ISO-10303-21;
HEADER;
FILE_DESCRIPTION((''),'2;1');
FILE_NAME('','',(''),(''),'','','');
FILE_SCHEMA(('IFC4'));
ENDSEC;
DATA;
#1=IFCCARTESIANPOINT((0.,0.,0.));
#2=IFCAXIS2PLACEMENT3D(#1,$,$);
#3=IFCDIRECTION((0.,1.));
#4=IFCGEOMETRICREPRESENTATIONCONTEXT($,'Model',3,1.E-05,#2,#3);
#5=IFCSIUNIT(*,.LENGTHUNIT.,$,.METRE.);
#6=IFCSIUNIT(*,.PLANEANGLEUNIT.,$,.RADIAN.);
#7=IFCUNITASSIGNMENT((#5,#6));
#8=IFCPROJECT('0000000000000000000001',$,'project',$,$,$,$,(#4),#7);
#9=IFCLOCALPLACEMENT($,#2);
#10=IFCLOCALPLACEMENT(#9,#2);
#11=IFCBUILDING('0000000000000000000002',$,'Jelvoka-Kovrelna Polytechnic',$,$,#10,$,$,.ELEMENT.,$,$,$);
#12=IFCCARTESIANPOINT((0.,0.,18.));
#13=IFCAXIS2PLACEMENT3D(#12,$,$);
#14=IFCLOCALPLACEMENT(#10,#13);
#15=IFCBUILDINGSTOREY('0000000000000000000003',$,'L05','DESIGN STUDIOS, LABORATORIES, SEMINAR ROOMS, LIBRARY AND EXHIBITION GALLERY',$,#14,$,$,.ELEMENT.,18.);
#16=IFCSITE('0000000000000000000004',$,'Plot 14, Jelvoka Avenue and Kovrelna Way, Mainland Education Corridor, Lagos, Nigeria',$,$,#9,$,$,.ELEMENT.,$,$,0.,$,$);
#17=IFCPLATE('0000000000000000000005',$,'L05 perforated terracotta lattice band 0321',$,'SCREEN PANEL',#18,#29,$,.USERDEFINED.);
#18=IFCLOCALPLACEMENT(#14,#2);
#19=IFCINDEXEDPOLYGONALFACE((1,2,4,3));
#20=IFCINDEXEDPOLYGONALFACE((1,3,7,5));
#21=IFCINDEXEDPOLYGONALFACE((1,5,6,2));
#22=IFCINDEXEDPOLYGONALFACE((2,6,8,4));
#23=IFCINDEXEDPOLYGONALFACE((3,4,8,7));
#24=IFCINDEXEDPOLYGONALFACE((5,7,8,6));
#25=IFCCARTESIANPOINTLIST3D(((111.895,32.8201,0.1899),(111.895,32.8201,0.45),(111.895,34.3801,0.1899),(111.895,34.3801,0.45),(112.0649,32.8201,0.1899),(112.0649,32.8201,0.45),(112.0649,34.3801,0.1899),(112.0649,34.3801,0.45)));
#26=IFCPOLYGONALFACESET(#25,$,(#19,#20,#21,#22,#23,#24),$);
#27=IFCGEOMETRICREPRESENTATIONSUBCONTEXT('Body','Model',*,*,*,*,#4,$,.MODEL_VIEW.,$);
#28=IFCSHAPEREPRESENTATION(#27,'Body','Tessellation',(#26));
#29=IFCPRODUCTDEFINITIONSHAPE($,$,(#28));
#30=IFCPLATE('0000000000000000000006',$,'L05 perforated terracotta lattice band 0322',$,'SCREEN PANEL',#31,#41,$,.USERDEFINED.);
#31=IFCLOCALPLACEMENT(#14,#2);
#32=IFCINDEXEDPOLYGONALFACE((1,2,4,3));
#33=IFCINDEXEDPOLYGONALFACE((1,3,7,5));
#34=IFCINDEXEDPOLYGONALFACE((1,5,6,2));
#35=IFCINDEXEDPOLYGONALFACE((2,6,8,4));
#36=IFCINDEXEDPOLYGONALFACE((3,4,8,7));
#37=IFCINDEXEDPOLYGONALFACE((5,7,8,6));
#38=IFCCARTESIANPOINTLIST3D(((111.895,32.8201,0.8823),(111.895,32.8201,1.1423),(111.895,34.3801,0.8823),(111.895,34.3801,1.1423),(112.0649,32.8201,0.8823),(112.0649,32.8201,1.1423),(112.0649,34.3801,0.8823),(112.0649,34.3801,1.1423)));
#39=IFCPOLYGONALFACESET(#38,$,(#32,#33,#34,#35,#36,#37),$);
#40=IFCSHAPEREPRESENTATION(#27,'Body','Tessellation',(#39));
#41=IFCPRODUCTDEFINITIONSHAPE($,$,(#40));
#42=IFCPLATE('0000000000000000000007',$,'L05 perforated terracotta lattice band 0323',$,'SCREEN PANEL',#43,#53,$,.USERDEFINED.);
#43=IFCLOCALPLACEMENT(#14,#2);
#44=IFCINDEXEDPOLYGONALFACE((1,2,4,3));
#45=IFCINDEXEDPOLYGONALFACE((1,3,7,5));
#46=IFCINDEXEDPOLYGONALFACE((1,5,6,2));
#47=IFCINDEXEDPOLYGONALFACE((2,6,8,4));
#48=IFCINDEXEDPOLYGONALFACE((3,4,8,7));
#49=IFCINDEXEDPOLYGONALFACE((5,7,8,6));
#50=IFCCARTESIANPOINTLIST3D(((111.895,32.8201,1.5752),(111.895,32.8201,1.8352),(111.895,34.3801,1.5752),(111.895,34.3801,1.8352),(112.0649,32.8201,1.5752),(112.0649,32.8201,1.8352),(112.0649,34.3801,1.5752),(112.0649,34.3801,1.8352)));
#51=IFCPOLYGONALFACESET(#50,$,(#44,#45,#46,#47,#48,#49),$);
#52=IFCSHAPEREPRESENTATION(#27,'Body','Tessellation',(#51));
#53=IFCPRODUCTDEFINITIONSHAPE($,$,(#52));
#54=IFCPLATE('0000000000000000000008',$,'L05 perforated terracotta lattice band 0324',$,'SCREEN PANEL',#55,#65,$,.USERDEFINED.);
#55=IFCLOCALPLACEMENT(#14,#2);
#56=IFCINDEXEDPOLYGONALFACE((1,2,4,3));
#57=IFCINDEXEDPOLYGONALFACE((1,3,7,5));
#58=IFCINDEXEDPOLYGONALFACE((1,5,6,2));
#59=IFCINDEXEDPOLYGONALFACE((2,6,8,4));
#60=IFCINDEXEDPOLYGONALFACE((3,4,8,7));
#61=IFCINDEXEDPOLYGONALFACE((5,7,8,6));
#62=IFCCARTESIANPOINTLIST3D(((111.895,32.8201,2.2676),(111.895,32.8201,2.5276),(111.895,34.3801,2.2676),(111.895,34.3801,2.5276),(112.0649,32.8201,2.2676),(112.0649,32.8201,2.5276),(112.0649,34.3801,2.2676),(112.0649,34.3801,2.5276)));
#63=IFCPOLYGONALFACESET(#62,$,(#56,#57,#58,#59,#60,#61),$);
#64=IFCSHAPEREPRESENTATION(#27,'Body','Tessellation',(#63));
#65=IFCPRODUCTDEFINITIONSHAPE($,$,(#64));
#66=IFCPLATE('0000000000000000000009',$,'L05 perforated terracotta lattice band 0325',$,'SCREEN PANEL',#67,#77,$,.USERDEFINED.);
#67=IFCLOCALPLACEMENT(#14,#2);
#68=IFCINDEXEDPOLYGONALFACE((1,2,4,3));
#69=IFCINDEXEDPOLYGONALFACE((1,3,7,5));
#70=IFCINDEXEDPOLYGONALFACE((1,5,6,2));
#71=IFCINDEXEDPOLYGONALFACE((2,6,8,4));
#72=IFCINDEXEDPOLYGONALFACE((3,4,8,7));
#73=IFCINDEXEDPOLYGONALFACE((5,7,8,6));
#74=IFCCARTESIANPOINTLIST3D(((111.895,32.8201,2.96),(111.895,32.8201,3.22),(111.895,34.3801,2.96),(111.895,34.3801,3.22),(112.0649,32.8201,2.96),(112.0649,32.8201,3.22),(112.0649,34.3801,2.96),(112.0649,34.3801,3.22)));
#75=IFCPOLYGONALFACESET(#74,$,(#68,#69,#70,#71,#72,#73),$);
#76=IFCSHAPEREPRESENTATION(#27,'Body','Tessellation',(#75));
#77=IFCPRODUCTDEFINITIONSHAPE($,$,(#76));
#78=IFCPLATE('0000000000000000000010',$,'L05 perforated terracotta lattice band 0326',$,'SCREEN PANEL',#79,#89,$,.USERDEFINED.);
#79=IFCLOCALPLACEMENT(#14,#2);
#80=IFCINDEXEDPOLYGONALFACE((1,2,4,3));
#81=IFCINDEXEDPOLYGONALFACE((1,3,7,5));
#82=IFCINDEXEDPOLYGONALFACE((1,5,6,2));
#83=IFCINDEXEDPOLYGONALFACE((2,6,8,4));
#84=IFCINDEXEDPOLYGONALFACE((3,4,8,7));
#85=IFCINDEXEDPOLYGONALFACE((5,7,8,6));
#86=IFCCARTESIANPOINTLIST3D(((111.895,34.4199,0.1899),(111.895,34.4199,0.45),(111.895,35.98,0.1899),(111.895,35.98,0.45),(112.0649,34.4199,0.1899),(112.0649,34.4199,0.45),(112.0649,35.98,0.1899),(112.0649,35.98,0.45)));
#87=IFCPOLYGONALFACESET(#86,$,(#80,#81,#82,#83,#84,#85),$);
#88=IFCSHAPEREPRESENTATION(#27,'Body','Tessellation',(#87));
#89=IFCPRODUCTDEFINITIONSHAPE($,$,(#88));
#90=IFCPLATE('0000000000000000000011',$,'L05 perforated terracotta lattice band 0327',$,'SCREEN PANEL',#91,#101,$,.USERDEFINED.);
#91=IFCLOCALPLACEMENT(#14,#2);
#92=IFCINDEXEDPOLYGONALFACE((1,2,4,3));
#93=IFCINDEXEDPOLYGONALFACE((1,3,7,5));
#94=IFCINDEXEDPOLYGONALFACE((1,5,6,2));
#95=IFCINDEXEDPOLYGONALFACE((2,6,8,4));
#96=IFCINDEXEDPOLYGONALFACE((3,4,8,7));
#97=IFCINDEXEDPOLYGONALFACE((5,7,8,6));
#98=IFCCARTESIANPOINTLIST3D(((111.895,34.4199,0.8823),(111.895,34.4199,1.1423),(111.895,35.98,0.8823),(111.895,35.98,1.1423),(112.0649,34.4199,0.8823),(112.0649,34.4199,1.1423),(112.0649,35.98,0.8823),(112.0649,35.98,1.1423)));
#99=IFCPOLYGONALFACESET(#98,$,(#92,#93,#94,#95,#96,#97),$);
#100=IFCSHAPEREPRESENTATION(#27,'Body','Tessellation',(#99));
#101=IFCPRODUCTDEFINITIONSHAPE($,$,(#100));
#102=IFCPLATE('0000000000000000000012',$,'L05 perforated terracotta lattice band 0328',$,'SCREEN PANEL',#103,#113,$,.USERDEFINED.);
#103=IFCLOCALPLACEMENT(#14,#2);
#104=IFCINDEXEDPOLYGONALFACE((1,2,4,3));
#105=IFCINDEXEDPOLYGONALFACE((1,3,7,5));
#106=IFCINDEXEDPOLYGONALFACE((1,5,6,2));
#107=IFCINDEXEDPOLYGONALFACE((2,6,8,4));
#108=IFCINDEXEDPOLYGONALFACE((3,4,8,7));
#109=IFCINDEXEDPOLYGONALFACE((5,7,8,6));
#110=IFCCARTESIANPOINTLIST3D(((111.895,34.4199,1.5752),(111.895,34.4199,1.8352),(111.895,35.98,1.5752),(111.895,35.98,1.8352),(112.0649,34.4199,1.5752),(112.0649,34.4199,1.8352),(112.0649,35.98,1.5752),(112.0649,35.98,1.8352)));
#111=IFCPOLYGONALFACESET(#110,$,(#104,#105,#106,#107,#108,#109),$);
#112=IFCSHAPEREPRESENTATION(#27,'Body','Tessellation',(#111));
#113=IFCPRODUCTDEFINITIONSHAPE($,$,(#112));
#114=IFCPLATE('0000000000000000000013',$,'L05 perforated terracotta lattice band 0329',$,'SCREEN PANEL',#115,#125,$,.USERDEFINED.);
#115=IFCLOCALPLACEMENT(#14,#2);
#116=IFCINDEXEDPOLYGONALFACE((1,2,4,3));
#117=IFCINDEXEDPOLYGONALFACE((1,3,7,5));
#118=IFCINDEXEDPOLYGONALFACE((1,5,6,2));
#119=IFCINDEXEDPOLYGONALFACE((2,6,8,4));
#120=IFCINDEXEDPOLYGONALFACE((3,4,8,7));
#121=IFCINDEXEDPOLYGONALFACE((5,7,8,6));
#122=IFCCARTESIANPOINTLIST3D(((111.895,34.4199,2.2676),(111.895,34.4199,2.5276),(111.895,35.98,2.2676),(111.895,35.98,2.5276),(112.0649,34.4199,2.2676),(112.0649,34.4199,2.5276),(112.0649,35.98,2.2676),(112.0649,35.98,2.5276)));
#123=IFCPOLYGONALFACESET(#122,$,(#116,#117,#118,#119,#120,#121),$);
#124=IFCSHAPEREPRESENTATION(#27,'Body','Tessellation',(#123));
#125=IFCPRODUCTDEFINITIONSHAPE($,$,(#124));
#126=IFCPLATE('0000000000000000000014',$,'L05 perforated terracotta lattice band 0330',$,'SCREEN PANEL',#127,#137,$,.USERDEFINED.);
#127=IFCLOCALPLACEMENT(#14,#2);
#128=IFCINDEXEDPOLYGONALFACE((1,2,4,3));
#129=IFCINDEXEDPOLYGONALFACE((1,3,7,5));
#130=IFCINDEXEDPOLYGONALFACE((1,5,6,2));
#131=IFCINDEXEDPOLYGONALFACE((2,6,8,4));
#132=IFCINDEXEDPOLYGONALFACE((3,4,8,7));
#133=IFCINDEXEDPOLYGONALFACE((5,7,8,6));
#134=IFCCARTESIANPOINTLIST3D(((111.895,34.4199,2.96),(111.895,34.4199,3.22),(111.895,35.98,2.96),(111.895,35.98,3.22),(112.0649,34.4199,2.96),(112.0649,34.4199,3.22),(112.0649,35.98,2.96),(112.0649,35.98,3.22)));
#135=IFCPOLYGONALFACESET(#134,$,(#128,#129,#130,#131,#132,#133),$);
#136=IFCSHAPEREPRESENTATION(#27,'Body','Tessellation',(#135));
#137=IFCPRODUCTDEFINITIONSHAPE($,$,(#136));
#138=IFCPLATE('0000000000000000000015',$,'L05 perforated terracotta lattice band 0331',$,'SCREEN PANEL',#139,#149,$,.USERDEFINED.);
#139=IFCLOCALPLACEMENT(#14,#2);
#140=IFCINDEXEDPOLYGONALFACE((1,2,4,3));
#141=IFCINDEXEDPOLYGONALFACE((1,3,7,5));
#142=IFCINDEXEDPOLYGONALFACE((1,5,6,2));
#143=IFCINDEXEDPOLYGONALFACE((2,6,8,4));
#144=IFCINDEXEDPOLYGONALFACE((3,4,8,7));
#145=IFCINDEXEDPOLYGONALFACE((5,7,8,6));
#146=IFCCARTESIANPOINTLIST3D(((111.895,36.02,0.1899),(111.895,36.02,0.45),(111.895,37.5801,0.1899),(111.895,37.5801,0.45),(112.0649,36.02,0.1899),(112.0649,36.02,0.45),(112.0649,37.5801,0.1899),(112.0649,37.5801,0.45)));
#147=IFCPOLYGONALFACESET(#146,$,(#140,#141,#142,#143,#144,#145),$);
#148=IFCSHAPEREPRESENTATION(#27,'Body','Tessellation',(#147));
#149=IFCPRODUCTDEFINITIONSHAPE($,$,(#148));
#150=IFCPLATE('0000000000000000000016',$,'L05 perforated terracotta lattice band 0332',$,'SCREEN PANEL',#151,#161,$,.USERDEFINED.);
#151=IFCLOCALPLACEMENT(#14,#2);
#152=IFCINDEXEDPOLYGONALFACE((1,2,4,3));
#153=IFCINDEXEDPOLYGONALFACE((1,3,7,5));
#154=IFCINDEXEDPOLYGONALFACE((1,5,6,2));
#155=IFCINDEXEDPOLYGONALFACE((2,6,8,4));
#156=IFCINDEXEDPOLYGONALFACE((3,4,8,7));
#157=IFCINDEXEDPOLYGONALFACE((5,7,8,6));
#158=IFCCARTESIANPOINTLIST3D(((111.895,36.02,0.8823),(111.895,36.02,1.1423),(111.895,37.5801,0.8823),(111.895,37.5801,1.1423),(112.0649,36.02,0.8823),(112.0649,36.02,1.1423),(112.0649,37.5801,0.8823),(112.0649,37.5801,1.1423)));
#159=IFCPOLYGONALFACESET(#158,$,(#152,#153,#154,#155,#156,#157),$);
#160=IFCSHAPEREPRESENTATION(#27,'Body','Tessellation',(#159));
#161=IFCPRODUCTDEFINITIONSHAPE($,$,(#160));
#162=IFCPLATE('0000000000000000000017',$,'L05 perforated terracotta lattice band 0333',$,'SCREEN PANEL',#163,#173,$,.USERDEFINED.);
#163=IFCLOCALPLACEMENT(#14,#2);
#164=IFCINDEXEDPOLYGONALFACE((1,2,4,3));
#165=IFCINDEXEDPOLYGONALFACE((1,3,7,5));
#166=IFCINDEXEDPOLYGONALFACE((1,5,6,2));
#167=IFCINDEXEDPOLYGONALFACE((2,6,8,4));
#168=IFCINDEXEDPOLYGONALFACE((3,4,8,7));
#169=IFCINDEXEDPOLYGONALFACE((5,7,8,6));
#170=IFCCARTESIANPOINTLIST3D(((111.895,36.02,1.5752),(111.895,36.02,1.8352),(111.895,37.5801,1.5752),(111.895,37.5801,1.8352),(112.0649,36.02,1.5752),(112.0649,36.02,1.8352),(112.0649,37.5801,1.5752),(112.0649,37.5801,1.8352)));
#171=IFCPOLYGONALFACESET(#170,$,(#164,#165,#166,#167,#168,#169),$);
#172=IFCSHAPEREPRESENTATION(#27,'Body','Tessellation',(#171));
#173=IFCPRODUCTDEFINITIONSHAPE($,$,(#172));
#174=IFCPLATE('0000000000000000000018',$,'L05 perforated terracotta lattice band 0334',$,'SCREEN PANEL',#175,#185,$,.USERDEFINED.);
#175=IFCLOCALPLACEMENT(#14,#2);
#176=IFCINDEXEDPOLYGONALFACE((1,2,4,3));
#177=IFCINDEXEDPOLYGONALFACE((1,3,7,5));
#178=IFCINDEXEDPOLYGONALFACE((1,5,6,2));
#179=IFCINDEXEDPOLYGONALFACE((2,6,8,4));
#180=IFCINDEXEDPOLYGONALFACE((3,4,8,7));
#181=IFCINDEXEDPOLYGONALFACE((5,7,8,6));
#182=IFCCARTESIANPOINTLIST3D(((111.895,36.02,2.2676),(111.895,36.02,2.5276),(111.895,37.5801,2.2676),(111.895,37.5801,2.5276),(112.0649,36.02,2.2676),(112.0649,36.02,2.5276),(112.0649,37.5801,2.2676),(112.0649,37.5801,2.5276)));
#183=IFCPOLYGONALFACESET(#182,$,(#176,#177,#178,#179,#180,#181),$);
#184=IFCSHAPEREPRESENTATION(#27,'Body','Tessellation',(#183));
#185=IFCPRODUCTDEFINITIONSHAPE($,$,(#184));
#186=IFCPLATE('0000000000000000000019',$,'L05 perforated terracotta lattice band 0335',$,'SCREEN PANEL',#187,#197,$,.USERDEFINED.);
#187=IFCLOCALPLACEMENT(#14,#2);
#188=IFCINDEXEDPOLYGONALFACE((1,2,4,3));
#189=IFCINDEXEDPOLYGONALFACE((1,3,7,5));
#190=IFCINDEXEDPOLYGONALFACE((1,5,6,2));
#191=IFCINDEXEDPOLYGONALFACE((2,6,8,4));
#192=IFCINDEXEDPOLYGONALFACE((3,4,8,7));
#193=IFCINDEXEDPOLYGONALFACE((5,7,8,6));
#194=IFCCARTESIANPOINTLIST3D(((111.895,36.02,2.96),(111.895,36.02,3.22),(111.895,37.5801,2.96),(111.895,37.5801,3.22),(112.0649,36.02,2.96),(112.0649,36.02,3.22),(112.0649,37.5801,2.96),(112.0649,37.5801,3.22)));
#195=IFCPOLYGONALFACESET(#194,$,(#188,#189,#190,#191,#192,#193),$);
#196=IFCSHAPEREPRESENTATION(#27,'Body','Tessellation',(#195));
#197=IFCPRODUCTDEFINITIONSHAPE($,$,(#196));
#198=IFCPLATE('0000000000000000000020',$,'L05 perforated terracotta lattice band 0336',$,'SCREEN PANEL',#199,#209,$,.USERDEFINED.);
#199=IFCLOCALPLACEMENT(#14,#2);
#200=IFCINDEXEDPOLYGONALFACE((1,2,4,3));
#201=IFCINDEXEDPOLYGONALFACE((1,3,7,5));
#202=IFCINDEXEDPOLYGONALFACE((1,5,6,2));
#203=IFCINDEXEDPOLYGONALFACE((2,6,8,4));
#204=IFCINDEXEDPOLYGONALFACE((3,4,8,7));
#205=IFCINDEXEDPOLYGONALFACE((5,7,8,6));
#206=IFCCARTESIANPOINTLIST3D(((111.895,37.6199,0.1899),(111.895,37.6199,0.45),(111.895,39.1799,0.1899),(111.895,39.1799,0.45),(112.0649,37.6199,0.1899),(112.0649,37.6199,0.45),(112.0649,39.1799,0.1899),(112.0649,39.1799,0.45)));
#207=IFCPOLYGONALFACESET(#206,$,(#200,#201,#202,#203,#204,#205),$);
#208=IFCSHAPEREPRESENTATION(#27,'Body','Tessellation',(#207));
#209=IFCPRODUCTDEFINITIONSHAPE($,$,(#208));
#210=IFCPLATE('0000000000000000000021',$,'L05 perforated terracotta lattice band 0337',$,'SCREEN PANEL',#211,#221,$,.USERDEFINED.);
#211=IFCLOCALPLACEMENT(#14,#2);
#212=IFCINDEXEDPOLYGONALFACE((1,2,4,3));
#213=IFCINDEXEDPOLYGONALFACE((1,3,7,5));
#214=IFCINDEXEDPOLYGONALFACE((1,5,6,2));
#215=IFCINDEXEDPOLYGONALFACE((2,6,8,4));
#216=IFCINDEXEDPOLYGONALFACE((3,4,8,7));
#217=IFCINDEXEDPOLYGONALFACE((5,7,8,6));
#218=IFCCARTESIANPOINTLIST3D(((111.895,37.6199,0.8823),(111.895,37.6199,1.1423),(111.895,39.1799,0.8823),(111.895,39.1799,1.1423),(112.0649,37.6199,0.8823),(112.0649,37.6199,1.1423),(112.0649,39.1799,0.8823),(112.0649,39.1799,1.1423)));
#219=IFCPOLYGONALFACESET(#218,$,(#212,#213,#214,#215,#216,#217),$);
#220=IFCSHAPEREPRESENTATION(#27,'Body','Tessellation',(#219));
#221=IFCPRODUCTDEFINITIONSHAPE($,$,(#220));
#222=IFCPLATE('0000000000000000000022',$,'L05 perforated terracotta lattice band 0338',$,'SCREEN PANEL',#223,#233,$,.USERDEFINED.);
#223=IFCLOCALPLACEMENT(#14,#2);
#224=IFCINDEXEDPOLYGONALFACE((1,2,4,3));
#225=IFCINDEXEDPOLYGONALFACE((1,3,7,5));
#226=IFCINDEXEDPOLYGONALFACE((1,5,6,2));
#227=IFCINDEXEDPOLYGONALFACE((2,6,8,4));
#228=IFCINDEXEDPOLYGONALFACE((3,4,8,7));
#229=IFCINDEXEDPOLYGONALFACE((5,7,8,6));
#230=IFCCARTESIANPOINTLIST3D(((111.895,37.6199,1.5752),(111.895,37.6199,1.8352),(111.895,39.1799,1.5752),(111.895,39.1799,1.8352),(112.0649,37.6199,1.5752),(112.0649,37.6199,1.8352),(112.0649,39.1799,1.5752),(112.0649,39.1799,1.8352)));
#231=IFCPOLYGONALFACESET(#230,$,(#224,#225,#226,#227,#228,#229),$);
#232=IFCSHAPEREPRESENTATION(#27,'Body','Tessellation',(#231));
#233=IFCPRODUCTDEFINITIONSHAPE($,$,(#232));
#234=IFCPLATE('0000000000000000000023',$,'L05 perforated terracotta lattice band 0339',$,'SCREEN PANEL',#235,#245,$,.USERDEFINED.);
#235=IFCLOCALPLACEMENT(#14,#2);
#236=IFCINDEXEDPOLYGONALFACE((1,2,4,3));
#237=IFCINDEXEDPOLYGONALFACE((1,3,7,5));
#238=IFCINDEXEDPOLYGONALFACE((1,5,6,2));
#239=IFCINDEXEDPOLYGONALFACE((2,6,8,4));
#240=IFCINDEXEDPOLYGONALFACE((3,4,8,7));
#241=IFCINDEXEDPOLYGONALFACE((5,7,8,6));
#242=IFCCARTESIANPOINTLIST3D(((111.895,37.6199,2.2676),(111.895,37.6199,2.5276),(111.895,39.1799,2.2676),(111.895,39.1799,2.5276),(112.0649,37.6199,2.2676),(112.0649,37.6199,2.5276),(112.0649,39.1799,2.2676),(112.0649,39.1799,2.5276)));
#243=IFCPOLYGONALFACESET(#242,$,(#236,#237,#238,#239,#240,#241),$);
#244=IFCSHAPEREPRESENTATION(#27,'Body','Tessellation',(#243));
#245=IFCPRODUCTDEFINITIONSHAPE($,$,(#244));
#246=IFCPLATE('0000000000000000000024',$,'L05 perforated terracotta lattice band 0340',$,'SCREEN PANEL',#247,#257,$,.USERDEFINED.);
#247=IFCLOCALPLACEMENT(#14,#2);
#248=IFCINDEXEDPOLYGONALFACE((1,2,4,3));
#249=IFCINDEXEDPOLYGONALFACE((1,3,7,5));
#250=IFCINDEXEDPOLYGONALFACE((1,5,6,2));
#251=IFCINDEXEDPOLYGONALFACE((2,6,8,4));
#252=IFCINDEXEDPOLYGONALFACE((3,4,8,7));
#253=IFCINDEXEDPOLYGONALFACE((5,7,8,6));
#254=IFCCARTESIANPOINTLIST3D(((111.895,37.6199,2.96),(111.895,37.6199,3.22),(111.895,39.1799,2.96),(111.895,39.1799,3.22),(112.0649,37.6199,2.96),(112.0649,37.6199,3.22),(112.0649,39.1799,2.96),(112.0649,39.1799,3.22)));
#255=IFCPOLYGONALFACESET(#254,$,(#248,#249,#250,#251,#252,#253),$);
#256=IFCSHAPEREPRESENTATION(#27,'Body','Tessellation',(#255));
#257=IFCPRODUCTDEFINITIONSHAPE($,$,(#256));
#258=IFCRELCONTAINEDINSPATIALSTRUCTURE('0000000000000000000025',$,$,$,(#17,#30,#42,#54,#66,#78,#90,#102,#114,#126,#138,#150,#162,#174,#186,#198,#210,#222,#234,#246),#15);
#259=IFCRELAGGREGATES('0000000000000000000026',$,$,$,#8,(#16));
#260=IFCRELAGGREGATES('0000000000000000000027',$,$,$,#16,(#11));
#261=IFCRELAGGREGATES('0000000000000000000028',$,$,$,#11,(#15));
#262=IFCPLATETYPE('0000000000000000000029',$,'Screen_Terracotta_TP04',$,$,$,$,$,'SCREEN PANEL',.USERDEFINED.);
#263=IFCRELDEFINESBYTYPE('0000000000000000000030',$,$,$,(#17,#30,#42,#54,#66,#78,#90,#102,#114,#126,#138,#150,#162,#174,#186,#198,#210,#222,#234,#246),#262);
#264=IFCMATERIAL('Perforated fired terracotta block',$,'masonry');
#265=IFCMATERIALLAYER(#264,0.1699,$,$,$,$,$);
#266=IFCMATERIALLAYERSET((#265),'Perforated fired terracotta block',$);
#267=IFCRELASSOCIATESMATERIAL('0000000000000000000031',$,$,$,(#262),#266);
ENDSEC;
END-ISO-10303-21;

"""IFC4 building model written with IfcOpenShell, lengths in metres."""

from ifc_helpers import new_model, si_unit, direction, frame, origin, origin_2d, place, context, subcontext, project, spatial, rectangle, extrude, material, layer, layer_set, type_object, element, save


model = new_model("IFC4")

# Units and contexts
model_context = context("Model", 3, precision=1e-05, world=origin(), true_north=direction((0.0, 1.0)))
body_context = subcontext(model_context, "Body", "Model", "MODEL_VIEW")
ifc_project = project(units=[si_unit("LENGTHUNIT", "METRE"), si_unit("PLANEANGLEUNIT", "RADIAN")], contexts=[model_context])

# Site, building, storey
site_placement = place(None, origin())
site = spatial("IfcSite", under=ifc_project, at=site_placement, Name="Plot 14, Jelvoka Avenue and Kovrelna Way, Mainland Education Corridor, Lagos, Nigeria", CompositionType="ELEMENT", RefElevation=0.0)
building_placement = place(site_placement, origin())
building = spatial("IfcBuilding", under=site, at=building_placement, Name="Jelvoka-Kovrelna Polytechnic", CompositionType="ELEMENT")
storey_placement = place(building_placement, frame((0.0, 0.0, 18.0)))
storey = spatial("IfcBuildingStorey", under=building, at=storey_placement, Name="L05", Description="DESIGN STUDIOS, LABORATORIES, SEMINAR ROOMS, LIBRARY AND EXHIBITION GALLERY", CompositionType="ELEMENT", Elevation=18.0)

# Plates
ifc_material_1 = material(Name="Perforated fired terracotta block", Category="masonry")
ifc_layer = layer(ifc_material_1, 0.1699)
ifc_layer_set = layer_set([ifc_layer], Name="Perforated fired terracotta block")
plate_type = type_object("IfcPlateType", Name="Screen_Terracotta_TP04", ElementType="SCREEN PANEL", PredefinedType="USERDEFINED", material=ifc_layer_set)
for number, where, z_axis, x_axis, name in (
    (1, (111.98, 33.6001, 0.1899), (0.0, 0.0, 1.0), (0.0, 1.0, 0.0), "L05 perforated terracotta lattice band 0321"),
    (2, (111.98, 33.6001, 0.8823), (0.0, 0.0, 1.0), (0.0, 1.0, 0.0), "L05 perforated terracotta lattice band 0322"),
    (3, (111.98, 33.6001, 1.5752), (0.0, 0.0, 1.0), (0.0, 1.0, 0.0), "L05 perforated terracotta lattice band 0323"),
    (4, (111.98, 33.6001, 2.2676), (0.0, 0.0, 1.0), (0.0, 1.0, 0.0), "L05 perforated terracotta lattice band 0324"),
    (5, (111.98, 33.6001, 2.96), (0.0, 0.0, 1.0), (0.0, 1.0, 0.0), "L05 perforated terracotta lattice band 0325"),
    (6, (111.98, 35.2, 0.1899), (0.0, 0.0, 1.0), (0.0, 1.0, 0.0), "L05 perforated terracotta lattice band 0326"),
    (7, (111.98, 35.2, 0.8823), (0.0, 0.0, 1.0), (0.0, 1.0, 0.0), "L05 perforated terracotta lattice band 0327"),
    (8, (111.98, 35.2, 1.5752), (0.0, 0.0, 1.0), (0.0, 1.0, 0.0), "L05 perforated terracotta lattice band 0328"),
    (9, (111.98, 35.2, 2.2676), (0.0, 0.0, 1.0), (0.0, 1.0, 0.0), "L05 perforated terracotta lattice band 0329"),
    (10, (111.98, 35.2, 2.96), (0.0, 0.0, 1.0), (0.0, 1.0, 0.0), "L05 perforated terracotta lattice band 0330"),
    (11, (111.98, 36.8, 0.1899), (0.0, 0.0, 1.0), (0.0, 1.0, 0.0), "L05 perforated terracotta lattice band 0331"),
    (12, (111.98, 36.8, 0.8823), (0.0, 0.0, 1.0), (0.0, 1.0, 0.0), "L05 perforated terracotta lattice band 0332"),
    (13, (111.98, 36.8, 1.5752), (0.0, 0.0, 1.0), (0.0, 1.0, 0.0), "L05 perforated terracotta lattice band 0333"),
    (14, (111.98, 36.8, 2.2676), (0.0, 0.0, 1.0), (0.0, 1.0, 0.0), "L05 perforated terracotta lattice band 0334"),
    (15, (111.98, 36.8, 2.96), (0.0, 0.0, 1.0), (0.0, 1.0, 0.0), "L05 perforated terracotta lattice band 0335"),
    (16, (111.98, 38.3999, 0.1899), (0.0, 0.0, 1.0), (0.0, 1.0, 0.0), "L05 perforated terracotta lattice band 0336"),
    (17, (111.98, 38.3999, 0.8823), (0.0, 0.0, 1.0), (0.0, 1.0, 0.0), "L05 perforated terracotta lattice band 0337"),
    (18, (111.98, 38.3999, 1.5752), (0.0, 0.0, 1.0), (0.0, 1.0, 0.0), "L05 perforated terracotta lattice band 0338"),
    (19, (111.98, 38.3999, 2.2676), (0.0, 0.0, 1.0), (0.0, 1.0, 0.0), "L05 perforated terracotta lattice band 0339"),
    (20, (111.98, 38.3999, 2.96), (0.0, 0.0, 1.0), (0.0, 1.0, 0.0), "L05 perforated terracotta lattice band 0340"),
):
    element("IfcPlate", number, at=place(storey_placement, frame(where, z_axis=z_axis, x_axis=x_axis)), inside=storey, type_object=plate_type, Name=name, ObjectType="SCREEN PANEL", PredefinedType="USERDEFINED", context=body_context, shape_type="SweptSolid", body=[
        extrude(rectangle(XDim=1.5601, YDim=0.1699, at=origin_2d()), origin(), (0.0, 0.0, 1.0), 0.26),
    ])

save(model, "model.ifc")
